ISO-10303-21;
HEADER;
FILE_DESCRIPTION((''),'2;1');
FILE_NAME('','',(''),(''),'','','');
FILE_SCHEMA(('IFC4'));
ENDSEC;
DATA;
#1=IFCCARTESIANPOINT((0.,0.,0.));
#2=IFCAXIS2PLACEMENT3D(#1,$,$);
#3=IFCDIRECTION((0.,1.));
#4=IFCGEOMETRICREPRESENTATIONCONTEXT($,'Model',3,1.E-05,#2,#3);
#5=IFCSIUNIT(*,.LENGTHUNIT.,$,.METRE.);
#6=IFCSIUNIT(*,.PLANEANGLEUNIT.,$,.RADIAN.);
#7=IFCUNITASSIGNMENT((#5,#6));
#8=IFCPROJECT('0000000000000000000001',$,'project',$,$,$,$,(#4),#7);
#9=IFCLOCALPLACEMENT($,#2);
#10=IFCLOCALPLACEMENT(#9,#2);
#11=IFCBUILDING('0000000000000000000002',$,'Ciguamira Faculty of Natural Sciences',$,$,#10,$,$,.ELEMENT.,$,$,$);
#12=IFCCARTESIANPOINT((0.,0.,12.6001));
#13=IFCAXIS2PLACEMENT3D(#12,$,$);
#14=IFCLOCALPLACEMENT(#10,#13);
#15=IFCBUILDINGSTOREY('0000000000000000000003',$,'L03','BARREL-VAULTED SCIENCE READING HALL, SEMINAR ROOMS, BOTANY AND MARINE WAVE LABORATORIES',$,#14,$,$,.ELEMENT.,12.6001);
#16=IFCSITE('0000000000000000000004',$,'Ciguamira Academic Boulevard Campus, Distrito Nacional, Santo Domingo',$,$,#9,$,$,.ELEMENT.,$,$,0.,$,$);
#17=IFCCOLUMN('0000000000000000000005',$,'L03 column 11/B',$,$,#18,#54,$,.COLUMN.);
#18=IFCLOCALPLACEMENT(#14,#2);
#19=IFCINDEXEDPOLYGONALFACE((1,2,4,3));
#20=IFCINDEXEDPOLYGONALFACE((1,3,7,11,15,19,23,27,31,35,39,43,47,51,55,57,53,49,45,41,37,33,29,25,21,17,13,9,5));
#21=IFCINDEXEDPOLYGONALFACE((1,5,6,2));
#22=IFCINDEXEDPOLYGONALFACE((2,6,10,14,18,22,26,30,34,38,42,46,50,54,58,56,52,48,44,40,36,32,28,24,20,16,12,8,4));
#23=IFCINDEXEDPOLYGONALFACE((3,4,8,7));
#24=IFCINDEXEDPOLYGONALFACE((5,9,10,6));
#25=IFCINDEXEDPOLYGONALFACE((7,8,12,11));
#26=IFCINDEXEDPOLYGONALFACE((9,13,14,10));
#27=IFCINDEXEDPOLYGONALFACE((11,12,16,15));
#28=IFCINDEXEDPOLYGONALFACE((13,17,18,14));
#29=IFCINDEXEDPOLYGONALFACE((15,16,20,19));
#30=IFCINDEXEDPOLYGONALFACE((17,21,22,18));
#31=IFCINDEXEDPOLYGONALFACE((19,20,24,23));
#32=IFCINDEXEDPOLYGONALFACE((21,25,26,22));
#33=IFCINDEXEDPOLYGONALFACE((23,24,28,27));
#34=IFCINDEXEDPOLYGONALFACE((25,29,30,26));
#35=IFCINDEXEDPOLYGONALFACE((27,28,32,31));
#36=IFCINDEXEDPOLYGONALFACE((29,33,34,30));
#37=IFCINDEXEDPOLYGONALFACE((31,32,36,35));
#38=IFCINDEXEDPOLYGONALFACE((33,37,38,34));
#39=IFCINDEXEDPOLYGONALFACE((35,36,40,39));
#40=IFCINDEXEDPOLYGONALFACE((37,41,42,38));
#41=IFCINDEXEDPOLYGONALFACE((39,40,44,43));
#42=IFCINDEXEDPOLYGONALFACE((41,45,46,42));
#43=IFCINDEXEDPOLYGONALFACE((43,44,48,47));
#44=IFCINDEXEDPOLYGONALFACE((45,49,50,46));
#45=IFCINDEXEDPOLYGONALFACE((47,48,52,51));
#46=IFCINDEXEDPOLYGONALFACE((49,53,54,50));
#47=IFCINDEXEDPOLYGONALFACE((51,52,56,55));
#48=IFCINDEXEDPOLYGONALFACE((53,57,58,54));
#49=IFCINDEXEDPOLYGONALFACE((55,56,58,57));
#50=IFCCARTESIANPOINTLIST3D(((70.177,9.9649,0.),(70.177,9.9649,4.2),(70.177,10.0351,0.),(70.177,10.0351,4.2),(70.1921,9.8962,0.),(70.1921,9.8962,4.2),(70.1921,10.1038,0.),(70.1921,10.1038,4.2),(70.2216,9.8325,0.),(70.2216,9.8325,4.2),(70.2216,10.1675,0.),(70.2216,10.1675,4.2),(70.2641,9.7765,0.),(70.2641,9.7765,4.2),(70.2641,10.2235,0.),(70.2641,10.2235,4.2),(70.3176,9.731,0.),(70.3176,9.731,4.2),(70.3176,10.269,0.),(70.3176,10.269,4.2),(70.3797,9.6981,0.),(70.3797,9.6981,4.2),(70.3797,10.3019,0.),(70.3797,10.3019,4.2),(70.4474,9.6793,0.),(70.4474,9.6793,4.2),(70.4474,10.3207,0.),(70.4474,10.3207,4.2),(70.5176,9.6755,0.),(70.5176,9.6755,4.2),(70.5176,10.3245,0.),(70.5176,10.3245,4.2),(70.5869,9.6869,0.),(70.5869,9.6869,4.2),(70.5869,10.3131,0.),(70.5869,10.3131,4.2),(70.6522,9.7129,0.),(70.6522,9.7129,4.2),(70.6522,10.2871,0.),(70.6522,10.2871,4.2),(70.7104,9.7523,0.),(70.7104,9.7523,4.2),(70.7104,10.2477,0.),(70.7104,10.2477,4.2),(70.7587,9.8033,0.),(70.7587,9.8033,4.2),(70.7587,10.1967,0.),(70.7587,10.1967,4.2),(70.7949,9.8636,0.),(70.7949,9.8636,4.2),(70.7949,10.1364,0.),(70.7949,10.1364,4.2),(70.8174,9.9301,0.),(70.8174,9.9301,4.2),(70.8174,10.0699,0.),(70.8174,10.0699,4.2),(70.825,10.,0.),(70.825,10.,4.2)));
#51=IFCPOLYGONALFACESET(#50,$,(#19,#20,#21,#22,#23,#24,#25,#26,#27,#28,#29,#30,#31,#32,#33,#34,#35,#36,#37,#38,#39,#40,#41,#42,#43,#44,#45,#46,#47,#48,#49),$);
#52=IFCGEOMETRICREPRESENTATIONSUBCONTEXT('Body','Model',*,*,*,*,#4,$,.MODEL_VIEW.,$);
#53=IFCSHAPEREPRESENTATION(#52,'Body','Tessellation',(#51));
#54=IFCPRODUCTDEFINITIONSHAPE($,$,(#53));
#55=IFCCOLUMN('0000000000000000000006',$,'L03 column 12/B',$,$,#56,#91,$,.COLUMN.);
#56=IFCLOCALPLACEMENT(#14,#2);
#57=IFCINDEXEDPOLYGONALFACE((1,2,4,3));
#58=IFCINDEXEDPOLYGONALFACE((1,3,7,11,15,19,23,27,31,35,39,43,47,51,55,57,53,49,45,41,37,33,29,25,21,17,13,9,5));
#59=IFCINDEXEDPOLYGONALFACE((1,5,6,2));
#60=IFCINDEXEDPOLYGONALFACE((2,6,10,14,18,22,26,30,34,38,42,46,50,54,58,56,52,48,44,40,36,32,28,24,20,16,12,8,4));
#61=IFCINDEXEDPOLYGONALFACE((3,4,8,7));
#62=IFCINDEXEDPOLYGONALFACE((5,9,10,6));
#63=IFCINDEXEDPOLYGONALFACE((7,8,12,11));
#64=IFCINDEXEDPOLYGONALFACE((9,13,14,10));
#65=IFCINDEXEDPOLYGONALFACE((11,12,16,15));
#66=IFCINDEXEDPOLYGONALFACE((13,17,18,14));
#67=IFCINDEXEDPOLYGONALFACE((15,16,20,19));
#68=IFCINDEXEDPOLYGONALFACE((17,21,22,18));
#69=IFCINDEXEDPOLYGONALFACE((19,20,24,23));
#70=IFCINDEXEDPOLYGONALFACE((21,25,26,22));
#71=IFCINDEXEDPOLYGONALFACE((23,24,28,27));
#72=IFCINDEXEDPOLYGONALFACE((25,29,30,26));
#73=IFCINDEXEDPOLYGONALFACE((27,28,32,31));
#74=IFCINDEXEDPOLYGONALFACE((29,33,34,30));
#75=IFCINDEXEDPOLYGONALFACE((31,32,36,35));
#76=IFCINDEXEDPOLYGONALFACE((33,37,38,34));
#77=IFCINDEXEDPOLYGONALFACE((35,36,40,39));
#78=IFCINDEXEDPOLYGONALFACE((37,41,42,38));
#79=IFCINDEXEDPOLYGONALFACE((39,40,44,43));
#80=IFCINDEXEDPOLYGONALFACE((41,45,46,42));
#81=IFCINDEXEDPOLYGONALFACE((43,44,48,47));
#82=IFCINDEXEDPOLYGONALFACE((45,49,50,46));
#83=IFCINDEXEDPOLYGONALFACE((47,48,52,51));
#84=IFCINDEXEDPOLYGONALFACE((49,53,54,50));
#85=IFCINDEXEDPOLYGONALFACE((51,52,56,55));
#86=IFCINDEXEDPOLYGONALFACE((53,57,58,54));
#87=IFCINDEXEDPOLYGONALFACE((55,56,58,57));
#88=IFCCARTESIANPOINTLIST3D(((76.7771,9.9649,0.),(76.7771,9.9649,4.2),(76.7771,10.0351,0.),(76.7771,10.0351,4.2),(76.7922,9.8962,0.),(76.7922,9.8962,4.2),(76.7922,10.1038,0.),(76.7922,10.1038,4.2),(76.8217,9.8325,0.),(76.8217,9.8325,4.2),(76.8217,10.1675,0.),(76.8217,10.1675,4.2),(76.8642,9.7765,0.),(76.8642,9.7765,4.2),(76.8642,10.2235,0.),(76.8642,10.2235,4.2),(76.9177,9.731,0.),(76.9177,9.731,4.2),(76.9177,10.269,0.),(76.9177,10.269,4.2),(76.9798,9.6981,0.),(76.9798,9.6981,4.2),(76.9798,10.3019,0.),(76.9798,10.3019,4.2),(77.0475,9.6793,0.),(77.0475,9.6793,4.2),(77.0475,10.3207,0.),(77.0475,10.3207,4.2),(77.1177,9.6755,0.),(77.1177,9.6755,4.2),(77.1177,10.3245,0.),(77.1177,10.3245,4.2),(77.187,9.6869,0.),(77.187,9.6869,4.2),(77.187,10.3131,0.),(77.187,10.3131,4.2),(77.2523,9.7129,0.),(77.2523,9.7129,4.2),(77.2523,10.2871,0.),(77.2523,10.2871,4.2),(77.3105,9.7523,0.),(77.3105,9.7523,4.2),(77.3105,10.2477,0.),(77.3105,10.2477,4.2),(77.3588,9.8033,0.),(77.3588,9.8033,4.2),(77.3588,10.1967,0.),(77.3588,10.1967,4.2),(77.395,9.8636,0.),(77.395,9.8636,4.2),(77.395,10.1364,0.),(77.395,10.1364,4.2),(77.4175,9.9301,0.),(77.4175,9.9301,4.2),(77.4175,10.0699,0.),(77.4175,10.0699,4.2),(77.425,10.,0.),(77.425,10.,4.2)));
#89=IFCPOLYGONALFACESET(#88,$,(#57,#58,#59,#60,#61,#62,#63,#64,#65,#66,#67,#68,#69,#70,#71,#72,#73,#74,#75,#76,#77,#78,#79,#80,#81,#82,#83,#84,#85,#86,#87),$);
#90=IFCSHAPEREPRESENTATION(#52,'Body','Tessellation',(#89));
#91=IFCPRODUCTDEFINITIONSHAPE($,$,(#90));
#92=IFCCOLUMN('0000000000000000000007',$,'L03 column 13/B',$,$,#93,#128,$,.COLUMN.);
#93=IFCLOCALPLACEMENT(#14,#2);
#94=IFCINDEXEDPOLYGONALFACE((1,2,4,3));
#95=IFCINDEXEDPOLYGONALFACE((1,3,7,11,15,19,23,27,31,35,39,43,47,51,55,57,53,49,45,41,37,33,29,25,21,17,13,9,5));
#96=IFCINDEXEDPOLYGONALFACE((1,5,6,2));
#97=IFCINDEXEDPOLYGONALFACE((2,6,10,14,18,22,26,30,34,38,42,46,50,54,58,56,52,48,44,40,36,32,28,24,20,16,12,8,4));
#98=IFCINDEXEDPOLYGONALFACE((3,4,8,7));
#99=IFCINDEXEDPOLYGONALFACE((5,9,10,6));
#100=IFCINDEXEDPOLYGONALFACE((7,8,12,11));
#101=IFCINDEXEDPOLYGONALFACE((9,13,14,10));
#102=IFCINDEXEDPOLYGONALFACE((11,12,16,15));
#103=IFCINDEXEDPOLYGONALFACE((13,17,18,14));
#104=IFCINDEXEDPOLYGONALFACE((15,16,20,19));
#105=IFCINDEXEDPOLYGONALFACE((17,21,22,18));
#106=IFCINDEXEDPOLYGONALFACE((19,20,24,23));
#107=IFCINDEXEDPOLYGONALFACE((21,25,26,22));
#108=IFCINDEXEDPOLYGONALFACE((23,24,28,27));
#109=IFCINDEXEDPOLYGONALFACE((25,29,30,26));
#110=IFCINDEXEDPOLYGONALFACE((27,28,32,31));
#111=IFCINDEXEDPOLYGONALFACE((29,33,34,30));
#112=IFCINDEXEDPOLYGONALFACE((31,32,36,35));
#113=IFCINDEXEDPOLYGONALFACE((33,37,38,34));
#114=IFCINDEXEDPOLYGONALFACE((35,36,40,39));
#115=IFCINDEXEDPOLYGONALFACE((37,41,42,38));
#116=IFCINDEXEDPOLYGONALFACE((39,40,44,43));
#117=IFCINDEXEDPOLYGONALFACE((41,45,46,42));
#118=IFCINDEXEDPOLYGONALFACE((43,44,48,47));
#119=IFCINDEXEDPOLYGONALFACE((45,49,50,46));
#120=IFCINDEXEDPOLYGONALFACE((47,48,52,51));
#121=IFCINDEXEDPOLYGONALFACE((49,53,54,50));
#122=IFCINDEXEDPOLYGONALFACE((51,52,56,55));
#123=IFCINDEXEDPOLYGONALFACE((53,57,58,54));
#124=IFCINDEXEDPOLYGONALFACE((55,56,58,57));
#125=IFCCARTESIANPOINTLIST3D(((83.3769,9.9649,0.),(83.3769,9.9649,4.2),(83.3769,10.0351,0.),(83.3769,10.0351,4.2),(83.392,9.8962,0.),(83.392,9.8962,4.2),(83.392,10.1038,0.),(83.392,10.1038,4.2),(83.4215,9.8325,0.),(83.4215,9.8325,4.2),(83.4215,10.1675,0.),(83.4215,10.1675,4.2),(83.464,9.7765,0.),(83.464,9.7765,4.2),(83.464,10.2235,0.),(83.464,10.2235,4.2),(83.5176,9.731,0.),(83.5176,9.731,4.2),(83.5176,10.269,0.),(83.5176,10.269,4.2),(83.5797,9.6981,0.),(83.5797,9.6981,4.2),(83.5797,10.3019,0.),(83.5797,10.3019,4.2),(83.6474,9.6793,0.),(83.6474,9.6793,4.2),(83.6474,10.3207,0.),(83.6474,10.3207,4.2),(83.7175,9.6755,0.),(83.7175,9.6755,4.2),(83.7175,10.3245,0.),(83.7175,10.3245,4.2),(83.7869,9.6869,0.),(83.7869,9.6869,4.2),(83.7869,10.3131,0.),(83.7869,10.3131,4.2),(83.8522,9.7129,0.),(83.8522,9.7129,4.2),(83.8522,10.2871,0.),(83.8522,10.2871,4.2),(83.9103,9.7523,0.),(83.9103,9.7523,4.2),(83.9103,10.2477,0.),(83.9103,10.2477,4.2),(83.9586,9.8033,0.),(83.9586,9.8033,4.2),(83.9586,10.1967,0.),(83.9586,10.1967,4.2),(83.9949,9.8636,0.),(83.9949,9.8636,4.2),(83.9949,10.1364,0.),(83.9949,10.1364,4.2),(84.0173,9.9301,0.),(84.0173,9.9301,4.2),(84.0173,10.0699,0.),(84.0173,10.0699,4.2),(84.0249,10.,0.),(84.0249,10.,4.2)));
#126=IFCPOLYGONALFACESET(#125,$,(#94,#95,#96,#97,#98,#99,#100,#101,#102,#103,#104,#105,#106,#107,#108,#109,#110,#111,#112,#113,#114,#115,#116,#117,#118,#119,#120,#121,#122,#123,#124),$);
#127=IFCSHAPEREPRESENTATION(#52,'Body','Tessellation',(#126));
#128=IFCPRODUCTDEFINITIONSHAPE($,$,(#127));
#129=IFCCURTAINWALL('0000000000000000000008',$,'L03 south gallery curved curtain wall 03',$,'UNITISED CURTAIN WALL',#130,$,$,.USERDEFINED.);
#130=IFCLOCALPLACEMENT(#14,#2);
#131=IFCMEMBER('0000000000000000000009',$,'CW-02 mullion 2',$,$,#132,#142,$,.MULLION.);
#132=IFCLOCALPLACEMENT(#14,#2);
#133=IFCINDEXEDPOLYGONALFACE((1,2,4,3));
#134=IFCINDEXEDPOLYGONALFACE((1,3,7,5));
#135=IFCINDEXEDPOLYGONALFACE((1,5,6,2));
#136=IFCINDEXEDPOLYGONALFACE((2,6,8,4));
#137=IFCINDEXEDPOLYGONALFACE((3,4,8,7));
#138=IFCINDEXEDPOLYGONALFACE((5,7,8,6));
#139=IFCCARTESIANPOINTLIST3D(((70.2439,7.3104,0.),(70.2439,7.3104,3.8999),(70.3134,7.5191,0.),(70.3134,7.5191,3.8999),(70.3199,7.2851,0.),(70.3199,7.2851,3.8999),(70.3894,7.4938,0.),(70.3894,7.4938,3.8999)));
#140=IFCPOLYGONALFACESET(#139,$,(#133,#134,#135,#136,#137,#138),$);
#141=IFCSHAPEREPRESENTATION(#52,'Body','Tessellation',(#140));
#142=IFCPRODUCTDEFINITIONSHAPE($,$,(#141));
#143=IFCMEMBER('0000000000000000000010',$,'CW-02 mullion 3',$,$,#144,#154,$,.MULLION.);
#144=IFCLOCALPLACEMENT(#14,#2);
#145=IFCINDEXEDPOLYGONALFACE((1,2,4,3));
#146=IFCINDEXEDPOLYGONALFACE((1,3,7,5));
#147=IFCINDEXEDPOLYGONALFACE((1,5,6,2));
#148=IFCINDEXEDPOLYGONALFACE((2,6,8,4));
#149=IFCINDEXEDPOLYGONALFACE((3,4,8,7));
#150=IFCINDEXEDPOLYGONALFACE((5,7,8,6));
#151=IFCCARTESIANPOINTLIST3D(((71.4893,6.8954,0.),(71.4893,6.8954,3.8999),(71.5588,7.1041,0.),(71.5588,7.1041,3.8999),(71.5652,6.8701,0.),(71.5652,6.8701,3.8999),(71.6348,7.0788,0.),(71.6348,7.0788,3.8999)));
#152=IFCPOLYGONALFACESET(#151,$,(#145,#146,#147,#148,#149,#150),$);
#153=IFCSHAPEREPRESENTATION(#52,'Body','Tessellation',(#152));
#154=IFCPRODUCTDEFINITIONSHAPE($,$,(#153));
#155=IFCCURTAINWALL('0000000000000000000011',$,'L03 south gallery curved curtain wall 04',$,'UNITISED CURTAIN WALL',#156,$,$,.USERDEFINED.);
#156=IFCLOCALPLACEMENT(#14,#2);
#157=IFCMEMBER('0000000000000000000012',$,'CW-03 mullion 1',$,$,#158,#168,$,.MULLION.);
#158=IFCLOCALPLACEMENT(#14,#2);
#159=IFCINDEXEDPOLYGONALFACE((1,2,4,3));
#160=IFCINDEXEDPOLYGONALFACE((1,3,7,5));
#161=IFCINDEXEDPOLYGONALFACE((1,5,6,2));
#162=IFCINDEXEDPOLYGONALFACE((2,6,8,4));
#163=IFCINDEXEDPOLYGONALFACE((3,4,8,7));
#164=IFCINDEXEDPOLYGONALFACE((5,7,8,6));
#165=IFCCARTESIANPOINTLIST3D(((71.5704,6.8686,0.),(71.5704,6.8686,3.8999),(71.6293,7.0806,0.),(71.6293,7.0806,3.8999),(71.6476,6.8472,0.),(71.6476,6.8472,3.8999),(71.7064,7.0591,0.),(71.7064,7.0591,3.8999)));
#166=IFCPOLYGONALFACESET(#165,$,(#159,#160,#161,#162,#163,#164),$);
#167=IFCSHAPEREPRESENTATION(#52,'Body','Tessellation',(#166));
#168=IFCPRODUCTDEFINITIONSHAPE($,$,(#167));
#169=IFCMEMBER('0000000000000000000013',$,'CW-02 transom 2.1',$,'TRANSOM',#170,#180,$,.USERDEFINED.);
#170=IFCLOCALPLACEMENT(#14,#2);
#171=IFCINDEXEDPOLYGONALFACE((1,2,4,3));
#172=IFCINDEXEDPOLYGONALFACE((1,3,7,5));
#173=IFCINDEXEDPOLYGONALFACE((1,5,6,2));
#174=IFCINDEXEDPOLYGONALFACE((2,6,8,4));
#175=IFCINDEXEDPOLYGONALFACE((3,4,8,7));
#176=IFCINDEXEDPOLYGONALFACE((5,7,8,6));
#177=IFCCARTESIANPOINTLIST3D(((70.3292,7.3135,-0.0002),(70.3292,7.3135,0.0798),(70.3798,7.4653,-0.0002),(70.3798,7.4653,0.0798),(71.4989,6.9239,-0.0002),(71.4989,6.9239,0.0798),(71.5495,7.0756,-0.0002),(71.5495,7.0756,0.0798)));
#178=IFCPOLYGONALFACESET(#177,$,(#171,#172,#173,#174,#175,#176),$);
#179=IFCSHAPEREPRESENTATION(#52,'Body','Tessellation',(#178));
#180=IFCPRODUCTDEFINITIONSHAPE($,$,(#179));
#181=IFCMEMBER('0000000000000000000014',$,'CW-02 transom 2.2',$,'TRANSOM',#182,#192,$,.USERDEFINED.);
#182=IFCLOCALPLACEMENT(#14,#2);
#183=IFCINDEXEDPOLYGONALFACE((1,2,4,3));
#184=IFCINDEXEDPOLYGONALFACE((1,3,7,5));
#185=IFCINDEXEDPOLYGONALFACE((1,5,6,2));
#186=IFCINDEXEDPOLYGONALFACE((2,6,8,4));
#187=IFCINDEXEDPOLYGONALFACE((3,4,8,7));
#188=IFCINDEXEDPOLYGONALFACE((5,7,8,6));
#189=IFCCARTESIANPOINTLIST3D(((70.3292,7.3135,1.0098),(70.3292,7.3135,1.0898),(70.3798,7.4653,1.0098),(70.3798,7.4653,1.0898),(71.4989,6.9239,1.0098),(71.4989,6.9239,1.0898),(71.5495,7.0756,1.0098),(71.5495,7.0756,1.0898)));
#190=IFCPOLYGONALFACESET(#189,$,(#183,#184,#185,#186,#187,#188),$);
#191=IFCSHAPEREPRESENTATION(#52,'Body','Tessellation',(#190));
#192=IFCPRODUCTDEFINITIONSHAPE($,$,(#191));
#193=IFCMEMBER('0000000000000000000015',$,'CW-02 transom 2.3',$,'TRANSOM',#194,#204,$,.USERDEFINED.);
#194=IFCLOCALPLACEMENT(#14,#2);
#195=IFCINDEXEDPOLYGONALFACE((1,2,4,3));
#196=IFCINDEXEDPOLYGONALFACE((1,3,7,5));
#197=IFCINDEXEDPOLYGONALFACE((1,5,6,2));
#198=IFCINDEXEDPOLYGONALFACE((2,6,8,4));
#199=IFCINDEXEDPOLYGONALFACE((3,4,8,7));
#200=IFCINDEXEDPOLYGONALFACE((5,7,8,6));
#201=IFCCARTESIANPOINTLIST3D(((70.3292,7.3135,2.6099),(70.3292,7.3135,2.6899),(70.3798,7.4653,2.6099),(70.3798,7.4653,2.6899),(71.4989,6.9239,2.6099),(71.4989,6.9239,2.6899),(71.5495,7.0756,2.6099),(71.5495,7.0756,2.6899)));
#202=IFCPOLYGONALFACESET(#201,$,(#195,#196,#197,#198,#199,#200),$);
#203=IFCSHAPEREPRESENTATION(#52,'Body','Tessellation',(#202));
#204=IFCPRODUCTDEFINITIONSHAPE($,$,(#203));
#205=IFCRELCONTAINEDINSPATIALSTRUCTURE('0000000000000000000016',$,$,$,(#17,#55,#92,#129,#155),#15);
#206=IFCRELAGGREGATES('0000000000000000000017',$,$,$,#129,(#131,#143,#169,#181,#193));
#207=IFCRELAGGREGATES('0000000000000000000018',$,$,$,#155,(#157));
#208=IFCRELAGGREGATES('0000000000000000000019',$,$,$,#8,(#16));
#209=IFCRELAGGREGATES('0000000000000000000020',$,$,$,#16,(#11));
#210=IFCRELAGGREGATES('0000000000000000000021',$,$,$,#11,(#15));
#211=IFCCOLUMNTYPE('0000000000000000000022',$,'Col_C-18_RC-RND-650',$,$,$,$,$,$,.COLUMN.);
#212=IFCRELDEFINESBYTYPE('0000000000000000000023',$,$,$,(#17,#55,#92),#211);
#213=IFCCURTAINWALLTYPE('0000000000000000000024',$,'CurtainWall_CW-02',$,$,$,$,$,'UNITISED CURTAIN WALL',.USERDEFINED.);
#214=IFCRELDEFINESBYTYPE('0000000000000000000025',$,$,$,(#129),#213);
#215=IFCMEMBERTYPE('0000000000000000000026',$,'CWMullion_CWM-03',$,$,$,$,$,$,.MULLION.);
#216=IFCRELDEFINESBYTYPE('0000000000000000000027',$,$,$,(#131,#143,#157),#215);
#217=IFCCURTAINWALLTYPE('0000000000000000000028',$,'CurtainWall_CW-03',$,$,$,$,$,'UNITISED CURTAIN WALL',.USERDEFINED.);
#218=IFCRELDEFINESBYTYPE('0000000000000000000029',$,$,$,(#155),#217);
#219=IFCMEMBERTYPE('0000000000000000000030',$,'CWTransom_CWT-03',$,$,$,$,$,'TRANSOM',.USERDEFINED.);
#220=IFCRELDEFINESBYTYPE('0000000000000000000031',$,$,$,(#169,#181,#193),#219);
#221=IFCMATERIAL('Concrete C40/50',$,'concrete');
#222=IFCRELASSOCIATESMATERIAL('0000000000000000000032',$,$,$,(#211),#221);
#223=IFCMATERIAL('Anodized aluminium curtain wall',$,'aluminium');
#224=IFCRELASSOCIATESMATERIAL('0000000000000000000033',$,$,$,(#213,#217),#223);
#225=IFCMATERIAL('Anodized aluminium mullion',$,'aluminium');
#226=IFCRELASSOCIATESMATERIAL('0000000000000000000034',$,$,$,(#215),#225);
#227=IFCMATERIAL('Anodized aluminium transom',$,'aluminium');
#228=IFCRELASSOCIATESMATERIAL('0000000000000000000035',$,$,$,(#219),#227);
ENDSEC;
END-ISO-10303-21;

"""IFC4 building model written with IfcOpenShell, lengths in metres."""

from ifc_helpers import new_model, si_unit, direction, frame, origin, origin_2d, place, context, subcontext, project, spatial, rectangle, circle, extrude, material, material_profile, profile_set, type_object, element, aggregate, save


model = new_model("IFC4")

# Units and contexts
model_context = context("Model", 3, precision=1e-05, world=origin(), true_north=direction((0.0, 1.0)))
body_context = subcontext(model_context, "Body", "Model", "MODEL_VIEW")
ifc_project = project(units=[si_unit("LENGTHUNIT", "METRE"), si_unit("PLANEANGLEUNIT", "RADIAN")], contexts=[model_context])

# Site, building, storey
site_placement = place(None, origin())
site = spatial("IfcSite", under=ifc_project, at=site_placement, Name="Ciguamira Academic Boulevard Campus, Distrito Nacional, Santo Domingo", CompositionType="ELEMENT", RefElevation=0.0)
building_placement = place(site_placement, origin())
building = spatial("IfcBuilding", under=site, at=building_placement, Name="Ciguamira Faculty of Natural Sciences", CompositionType="ELEMENT")
storey_placement = place(building_placement, frame((0.0, 0.0, 12.6001)))
storey = spatial("IfcBuildingStorey", under=building, at=storey_placement, Name="L03", Description="BARREL-VAULTED SCIENCE READING HALL, SEMINAR ROOMS, BOTANY AND MARINE WAVE LABORATORIES", CompositionType="ELEMENT", Elevation=12.6001)

# Columns
ifc_material_1 = material(Name="Concrete C40/50", Category="concrete")
ifc_material_profile_1 = material_profile(ifc_material_1, circle(Radius=0.325, at=origin_2d()), Name="RC-RND-650")
ifc_profile_set_1 = profile_set([ifc_material_profile_1], Name="Concrete C40/50")
column_type = type_object("IfcColumnType", Name="Col_C-18_RC-RND-650", PredefinedType="COLUMN", material=ifc_profile_set_1)
for number, where, z_axis, x_axis, name in (
    (1, (70.5, 10.0, 0.0), (0.0, 0.0, 1.0), (1.0, 0.0, 0.0), "L03 column 11/B"),
    (2, (77.1001, 10.0, 0.0), (0.0, 0.0, 1.0), (1.0, 0.0, 0.0), "L03 column 12/B"),
    (3, (83.7, 10.0, 0.0), (0.0, 0.0, 1.0), (1.0, 0.0, 0.0), "L03 column 13/B"),
):
    element("IfcColumn", number, at=place(storey_placement, frame(where, z_axis=z_axis, x_axis=x_axis)), inside=storey, type_object=column_type, Name=name, PredefinedType="COLUMN", context=body_context, shape_type="SweptSolid", body=[
        extrude(circle(Radius=0.325, at=origin_2d()), origin(), (0.0, 0.0, 1.0), 4.2),
    ])

# Curtain wall, members
ifc_material_2 = material(Name="Anodized aluminium curtain wall", Category="aluminium")
curtain_wall_type_1 = type_object("IfcCurtainWallType", Name="CurtainWall_CW-02", ElementType="UNITISED CURTAIN WALL", PredefinedType="USERDEFINED", material=ifc_material_2)
curtain_wall_1_placement = place(storey_placement, origin())
curtain_wall_1 = element("IfcCurtainWall", 4, at=curtain_wall_1_placement, inside=storey, type_object=curtain_wall_type_1, Name="L03 south gallery curved curtain wall 03", ObjectType="UNITISED CURTAIN WALL", PredefinedType="USERDEFINED")
ifc_material_3 = material(Name="Anodized aluminium mullion", Category="aluminium")
ifc_material_profile_2 = material_profile(ifc_material_3, rectangle(XDim=0.0801, YDim=0.22, at=origin_2d()), Name="ALU-MUL-80X220")
ifc_profile_set_2 = profile_set([ifc_material_profile_2], Name="Anodized aluminium mullion")
member_type_1 = type_object("IfcMemberType", Name="CWMullion_CWM-03", PredefinedType="MULLION", material=ifc_profile_set_2)
member_1_placement = place(storey_placement, frame((70.3167, 7.4021, 0.0), z_axis=(0.0, 0.0, 1.0), x_axis=(0.948735, -0.316073, 0.0)))
member_1 = element("IfcMember", 5, at=member_1_placement, type_object=member_type_1, Name="CW-02 mullion 2", PredefinedType="MULLION", context=body_context, shape_type="SweptSolid", body=[
    extrude(rectangle(XDim=0.0801, YDim=0.22, at=origin_2d()), origin(), (0.0, 0.0, 1.0), 3.8999),
])
member_2_placement = place(storey_placement, frame((71.562, 6.9871, 0.0), z_axis=(0.0, 0.0, 1.0), x_axis=(0.948735, -0.316073, 0.0)))
member_2 = element("IfcMember", 6, at=member_2_placement, type_object=member_type_1, Name="CW-02 mullion 3", PredefinedType="MULLION", context=body_context, shape_type="SweptSolid", body=[
    extrude(rectangle(XDim=0.0801, YDim=0.22, at=origin_2d()), origin(), (0.0, 0.0, 1.0), 3.8999),
])

# Curtain wall, member
curtain_wall_type_2 = type_object("IfcCurtainWallType", Name="CurtainWall_CW-03", ElementType="UNITISED CURTAIN WALL", PredefinedType="USERDEFINED", material=ifc_material_2)
curtain_wall_2_placement = place(storey_placement, origin())
curtain_wall_2 = element("IfcCurtainWall", 7, at=curtain_wall_2_placement, inside=storey, type_object=curtain_wall_type_2, Name="L03 south gallery curved curtain wall 04", ObjectType="UNITISED CURTAIN WALL", PredefinedType="USERDEFINED")
member_3_placement = place(storey_placement, frame((71.6384, 6.9639, 0.0), z_axis=(0.0, 0.0, 1.0), x_axis=(0.963573, -0.267444, 0.0)))
member_3 = element("IfcMember", 8, at=member_3_placement, type_object=member_type_1, Name="CW-03 mullion 1", PredefinedType="MULLION", context=body_context, shape_type="SweptSolid", body=[
    extrude(rectangle(XDim=0.0801, YDim=0.22, at=origin_2d()), origin(), (0.0, 0.0, 1.0), 3.8999),
])

# Members
ifc_material_4 = material(Name="Anodized aluminium transom", Category="aluminium")
ifc_material_profile_3 = material_profile(ifc_material_4, rectangle(XDim=0.0801, YDim=0.1599, at=origin_2d()), Name="ALU-TRN-80X160")
ifc_profile_set_3 = profile_set([ifc_material_profile_3], Name="Anodized aluminium transom")
member_type_2 = type_object("IfcMemberType", Name="CWTransom_CWT-03", ElementType="TRANSOM", PredefinedType="USERDEFINED", material=ifc_profile_set_3)
member_4_placement = place(storey_placement, frame((70.3545, 7.3894, 0.0398), z_axis=(0.948743, -0.31605, 0.0), x_axis=(0.0, 0.0, 1.0)))
member_4 = element("IfcMember", 9, at=member_4_placement, type_object=member_type_2, Name="CW-02 transom 2.1", ObjectType="TRANSOM", PredefinedType="USERDEFINED", context=body_context, shape_type="SweptSolid", body=[
    extrude(rectangle(XDim=0.0801, YDim=0.1599, at=origin_2d()), origin(), (0.0, 0.0, 1.0), 1.2329),
])
member_5_placement = place(storey_placement, frame((70.3545, 7.3894, 1.0498), z_axis=(0.948743, -0.31605, 0.0), x_axis=(0.0, 0.0, 1.0)))
member_5 = element("IfcMember", 10, at=member_5_placement, type_object=member_type_2, Name="CW-02 transom 2.2", ObjectType="TRANSOM", PredefinedType="USERDEFINED", context=body_context, shape_type="SweptSolid", body=[
    extrude(rectangle(XDim=0.0801, YDim=0.1599, at=origin_2d()), origin(), (0.0, 0.0, 1.0), 1.2329),
])
member_6_placement = place(storey_placement, frame((70.3545, 7.3894, 2.6499), z_axis=(0.948743, -0.31605, 0.0), x_axis=(0.0, 0.0, 1.0)))
member_6 = element("IfcMember", 11, at=member_6_placement, type_object=member_type_2, Name="CW-02 transom 2.3", ObjectType="TRANSOM", PredefinedType="USERDEFINED", context=body_context, shape_type="SweptSolid", body=[
    extrude(rectangle(XDim=0.0801, YDim=0.1599, at=origin_2d()), origin(), (0.0, 0.0, 1.0), 1.2329),
])

aggregate(curtain_wall_1, [member_1, member_2, member_4, member_5, member_6])
aggregate(curtain_wall_2, [member_3])

save(model, "model.ifc")
